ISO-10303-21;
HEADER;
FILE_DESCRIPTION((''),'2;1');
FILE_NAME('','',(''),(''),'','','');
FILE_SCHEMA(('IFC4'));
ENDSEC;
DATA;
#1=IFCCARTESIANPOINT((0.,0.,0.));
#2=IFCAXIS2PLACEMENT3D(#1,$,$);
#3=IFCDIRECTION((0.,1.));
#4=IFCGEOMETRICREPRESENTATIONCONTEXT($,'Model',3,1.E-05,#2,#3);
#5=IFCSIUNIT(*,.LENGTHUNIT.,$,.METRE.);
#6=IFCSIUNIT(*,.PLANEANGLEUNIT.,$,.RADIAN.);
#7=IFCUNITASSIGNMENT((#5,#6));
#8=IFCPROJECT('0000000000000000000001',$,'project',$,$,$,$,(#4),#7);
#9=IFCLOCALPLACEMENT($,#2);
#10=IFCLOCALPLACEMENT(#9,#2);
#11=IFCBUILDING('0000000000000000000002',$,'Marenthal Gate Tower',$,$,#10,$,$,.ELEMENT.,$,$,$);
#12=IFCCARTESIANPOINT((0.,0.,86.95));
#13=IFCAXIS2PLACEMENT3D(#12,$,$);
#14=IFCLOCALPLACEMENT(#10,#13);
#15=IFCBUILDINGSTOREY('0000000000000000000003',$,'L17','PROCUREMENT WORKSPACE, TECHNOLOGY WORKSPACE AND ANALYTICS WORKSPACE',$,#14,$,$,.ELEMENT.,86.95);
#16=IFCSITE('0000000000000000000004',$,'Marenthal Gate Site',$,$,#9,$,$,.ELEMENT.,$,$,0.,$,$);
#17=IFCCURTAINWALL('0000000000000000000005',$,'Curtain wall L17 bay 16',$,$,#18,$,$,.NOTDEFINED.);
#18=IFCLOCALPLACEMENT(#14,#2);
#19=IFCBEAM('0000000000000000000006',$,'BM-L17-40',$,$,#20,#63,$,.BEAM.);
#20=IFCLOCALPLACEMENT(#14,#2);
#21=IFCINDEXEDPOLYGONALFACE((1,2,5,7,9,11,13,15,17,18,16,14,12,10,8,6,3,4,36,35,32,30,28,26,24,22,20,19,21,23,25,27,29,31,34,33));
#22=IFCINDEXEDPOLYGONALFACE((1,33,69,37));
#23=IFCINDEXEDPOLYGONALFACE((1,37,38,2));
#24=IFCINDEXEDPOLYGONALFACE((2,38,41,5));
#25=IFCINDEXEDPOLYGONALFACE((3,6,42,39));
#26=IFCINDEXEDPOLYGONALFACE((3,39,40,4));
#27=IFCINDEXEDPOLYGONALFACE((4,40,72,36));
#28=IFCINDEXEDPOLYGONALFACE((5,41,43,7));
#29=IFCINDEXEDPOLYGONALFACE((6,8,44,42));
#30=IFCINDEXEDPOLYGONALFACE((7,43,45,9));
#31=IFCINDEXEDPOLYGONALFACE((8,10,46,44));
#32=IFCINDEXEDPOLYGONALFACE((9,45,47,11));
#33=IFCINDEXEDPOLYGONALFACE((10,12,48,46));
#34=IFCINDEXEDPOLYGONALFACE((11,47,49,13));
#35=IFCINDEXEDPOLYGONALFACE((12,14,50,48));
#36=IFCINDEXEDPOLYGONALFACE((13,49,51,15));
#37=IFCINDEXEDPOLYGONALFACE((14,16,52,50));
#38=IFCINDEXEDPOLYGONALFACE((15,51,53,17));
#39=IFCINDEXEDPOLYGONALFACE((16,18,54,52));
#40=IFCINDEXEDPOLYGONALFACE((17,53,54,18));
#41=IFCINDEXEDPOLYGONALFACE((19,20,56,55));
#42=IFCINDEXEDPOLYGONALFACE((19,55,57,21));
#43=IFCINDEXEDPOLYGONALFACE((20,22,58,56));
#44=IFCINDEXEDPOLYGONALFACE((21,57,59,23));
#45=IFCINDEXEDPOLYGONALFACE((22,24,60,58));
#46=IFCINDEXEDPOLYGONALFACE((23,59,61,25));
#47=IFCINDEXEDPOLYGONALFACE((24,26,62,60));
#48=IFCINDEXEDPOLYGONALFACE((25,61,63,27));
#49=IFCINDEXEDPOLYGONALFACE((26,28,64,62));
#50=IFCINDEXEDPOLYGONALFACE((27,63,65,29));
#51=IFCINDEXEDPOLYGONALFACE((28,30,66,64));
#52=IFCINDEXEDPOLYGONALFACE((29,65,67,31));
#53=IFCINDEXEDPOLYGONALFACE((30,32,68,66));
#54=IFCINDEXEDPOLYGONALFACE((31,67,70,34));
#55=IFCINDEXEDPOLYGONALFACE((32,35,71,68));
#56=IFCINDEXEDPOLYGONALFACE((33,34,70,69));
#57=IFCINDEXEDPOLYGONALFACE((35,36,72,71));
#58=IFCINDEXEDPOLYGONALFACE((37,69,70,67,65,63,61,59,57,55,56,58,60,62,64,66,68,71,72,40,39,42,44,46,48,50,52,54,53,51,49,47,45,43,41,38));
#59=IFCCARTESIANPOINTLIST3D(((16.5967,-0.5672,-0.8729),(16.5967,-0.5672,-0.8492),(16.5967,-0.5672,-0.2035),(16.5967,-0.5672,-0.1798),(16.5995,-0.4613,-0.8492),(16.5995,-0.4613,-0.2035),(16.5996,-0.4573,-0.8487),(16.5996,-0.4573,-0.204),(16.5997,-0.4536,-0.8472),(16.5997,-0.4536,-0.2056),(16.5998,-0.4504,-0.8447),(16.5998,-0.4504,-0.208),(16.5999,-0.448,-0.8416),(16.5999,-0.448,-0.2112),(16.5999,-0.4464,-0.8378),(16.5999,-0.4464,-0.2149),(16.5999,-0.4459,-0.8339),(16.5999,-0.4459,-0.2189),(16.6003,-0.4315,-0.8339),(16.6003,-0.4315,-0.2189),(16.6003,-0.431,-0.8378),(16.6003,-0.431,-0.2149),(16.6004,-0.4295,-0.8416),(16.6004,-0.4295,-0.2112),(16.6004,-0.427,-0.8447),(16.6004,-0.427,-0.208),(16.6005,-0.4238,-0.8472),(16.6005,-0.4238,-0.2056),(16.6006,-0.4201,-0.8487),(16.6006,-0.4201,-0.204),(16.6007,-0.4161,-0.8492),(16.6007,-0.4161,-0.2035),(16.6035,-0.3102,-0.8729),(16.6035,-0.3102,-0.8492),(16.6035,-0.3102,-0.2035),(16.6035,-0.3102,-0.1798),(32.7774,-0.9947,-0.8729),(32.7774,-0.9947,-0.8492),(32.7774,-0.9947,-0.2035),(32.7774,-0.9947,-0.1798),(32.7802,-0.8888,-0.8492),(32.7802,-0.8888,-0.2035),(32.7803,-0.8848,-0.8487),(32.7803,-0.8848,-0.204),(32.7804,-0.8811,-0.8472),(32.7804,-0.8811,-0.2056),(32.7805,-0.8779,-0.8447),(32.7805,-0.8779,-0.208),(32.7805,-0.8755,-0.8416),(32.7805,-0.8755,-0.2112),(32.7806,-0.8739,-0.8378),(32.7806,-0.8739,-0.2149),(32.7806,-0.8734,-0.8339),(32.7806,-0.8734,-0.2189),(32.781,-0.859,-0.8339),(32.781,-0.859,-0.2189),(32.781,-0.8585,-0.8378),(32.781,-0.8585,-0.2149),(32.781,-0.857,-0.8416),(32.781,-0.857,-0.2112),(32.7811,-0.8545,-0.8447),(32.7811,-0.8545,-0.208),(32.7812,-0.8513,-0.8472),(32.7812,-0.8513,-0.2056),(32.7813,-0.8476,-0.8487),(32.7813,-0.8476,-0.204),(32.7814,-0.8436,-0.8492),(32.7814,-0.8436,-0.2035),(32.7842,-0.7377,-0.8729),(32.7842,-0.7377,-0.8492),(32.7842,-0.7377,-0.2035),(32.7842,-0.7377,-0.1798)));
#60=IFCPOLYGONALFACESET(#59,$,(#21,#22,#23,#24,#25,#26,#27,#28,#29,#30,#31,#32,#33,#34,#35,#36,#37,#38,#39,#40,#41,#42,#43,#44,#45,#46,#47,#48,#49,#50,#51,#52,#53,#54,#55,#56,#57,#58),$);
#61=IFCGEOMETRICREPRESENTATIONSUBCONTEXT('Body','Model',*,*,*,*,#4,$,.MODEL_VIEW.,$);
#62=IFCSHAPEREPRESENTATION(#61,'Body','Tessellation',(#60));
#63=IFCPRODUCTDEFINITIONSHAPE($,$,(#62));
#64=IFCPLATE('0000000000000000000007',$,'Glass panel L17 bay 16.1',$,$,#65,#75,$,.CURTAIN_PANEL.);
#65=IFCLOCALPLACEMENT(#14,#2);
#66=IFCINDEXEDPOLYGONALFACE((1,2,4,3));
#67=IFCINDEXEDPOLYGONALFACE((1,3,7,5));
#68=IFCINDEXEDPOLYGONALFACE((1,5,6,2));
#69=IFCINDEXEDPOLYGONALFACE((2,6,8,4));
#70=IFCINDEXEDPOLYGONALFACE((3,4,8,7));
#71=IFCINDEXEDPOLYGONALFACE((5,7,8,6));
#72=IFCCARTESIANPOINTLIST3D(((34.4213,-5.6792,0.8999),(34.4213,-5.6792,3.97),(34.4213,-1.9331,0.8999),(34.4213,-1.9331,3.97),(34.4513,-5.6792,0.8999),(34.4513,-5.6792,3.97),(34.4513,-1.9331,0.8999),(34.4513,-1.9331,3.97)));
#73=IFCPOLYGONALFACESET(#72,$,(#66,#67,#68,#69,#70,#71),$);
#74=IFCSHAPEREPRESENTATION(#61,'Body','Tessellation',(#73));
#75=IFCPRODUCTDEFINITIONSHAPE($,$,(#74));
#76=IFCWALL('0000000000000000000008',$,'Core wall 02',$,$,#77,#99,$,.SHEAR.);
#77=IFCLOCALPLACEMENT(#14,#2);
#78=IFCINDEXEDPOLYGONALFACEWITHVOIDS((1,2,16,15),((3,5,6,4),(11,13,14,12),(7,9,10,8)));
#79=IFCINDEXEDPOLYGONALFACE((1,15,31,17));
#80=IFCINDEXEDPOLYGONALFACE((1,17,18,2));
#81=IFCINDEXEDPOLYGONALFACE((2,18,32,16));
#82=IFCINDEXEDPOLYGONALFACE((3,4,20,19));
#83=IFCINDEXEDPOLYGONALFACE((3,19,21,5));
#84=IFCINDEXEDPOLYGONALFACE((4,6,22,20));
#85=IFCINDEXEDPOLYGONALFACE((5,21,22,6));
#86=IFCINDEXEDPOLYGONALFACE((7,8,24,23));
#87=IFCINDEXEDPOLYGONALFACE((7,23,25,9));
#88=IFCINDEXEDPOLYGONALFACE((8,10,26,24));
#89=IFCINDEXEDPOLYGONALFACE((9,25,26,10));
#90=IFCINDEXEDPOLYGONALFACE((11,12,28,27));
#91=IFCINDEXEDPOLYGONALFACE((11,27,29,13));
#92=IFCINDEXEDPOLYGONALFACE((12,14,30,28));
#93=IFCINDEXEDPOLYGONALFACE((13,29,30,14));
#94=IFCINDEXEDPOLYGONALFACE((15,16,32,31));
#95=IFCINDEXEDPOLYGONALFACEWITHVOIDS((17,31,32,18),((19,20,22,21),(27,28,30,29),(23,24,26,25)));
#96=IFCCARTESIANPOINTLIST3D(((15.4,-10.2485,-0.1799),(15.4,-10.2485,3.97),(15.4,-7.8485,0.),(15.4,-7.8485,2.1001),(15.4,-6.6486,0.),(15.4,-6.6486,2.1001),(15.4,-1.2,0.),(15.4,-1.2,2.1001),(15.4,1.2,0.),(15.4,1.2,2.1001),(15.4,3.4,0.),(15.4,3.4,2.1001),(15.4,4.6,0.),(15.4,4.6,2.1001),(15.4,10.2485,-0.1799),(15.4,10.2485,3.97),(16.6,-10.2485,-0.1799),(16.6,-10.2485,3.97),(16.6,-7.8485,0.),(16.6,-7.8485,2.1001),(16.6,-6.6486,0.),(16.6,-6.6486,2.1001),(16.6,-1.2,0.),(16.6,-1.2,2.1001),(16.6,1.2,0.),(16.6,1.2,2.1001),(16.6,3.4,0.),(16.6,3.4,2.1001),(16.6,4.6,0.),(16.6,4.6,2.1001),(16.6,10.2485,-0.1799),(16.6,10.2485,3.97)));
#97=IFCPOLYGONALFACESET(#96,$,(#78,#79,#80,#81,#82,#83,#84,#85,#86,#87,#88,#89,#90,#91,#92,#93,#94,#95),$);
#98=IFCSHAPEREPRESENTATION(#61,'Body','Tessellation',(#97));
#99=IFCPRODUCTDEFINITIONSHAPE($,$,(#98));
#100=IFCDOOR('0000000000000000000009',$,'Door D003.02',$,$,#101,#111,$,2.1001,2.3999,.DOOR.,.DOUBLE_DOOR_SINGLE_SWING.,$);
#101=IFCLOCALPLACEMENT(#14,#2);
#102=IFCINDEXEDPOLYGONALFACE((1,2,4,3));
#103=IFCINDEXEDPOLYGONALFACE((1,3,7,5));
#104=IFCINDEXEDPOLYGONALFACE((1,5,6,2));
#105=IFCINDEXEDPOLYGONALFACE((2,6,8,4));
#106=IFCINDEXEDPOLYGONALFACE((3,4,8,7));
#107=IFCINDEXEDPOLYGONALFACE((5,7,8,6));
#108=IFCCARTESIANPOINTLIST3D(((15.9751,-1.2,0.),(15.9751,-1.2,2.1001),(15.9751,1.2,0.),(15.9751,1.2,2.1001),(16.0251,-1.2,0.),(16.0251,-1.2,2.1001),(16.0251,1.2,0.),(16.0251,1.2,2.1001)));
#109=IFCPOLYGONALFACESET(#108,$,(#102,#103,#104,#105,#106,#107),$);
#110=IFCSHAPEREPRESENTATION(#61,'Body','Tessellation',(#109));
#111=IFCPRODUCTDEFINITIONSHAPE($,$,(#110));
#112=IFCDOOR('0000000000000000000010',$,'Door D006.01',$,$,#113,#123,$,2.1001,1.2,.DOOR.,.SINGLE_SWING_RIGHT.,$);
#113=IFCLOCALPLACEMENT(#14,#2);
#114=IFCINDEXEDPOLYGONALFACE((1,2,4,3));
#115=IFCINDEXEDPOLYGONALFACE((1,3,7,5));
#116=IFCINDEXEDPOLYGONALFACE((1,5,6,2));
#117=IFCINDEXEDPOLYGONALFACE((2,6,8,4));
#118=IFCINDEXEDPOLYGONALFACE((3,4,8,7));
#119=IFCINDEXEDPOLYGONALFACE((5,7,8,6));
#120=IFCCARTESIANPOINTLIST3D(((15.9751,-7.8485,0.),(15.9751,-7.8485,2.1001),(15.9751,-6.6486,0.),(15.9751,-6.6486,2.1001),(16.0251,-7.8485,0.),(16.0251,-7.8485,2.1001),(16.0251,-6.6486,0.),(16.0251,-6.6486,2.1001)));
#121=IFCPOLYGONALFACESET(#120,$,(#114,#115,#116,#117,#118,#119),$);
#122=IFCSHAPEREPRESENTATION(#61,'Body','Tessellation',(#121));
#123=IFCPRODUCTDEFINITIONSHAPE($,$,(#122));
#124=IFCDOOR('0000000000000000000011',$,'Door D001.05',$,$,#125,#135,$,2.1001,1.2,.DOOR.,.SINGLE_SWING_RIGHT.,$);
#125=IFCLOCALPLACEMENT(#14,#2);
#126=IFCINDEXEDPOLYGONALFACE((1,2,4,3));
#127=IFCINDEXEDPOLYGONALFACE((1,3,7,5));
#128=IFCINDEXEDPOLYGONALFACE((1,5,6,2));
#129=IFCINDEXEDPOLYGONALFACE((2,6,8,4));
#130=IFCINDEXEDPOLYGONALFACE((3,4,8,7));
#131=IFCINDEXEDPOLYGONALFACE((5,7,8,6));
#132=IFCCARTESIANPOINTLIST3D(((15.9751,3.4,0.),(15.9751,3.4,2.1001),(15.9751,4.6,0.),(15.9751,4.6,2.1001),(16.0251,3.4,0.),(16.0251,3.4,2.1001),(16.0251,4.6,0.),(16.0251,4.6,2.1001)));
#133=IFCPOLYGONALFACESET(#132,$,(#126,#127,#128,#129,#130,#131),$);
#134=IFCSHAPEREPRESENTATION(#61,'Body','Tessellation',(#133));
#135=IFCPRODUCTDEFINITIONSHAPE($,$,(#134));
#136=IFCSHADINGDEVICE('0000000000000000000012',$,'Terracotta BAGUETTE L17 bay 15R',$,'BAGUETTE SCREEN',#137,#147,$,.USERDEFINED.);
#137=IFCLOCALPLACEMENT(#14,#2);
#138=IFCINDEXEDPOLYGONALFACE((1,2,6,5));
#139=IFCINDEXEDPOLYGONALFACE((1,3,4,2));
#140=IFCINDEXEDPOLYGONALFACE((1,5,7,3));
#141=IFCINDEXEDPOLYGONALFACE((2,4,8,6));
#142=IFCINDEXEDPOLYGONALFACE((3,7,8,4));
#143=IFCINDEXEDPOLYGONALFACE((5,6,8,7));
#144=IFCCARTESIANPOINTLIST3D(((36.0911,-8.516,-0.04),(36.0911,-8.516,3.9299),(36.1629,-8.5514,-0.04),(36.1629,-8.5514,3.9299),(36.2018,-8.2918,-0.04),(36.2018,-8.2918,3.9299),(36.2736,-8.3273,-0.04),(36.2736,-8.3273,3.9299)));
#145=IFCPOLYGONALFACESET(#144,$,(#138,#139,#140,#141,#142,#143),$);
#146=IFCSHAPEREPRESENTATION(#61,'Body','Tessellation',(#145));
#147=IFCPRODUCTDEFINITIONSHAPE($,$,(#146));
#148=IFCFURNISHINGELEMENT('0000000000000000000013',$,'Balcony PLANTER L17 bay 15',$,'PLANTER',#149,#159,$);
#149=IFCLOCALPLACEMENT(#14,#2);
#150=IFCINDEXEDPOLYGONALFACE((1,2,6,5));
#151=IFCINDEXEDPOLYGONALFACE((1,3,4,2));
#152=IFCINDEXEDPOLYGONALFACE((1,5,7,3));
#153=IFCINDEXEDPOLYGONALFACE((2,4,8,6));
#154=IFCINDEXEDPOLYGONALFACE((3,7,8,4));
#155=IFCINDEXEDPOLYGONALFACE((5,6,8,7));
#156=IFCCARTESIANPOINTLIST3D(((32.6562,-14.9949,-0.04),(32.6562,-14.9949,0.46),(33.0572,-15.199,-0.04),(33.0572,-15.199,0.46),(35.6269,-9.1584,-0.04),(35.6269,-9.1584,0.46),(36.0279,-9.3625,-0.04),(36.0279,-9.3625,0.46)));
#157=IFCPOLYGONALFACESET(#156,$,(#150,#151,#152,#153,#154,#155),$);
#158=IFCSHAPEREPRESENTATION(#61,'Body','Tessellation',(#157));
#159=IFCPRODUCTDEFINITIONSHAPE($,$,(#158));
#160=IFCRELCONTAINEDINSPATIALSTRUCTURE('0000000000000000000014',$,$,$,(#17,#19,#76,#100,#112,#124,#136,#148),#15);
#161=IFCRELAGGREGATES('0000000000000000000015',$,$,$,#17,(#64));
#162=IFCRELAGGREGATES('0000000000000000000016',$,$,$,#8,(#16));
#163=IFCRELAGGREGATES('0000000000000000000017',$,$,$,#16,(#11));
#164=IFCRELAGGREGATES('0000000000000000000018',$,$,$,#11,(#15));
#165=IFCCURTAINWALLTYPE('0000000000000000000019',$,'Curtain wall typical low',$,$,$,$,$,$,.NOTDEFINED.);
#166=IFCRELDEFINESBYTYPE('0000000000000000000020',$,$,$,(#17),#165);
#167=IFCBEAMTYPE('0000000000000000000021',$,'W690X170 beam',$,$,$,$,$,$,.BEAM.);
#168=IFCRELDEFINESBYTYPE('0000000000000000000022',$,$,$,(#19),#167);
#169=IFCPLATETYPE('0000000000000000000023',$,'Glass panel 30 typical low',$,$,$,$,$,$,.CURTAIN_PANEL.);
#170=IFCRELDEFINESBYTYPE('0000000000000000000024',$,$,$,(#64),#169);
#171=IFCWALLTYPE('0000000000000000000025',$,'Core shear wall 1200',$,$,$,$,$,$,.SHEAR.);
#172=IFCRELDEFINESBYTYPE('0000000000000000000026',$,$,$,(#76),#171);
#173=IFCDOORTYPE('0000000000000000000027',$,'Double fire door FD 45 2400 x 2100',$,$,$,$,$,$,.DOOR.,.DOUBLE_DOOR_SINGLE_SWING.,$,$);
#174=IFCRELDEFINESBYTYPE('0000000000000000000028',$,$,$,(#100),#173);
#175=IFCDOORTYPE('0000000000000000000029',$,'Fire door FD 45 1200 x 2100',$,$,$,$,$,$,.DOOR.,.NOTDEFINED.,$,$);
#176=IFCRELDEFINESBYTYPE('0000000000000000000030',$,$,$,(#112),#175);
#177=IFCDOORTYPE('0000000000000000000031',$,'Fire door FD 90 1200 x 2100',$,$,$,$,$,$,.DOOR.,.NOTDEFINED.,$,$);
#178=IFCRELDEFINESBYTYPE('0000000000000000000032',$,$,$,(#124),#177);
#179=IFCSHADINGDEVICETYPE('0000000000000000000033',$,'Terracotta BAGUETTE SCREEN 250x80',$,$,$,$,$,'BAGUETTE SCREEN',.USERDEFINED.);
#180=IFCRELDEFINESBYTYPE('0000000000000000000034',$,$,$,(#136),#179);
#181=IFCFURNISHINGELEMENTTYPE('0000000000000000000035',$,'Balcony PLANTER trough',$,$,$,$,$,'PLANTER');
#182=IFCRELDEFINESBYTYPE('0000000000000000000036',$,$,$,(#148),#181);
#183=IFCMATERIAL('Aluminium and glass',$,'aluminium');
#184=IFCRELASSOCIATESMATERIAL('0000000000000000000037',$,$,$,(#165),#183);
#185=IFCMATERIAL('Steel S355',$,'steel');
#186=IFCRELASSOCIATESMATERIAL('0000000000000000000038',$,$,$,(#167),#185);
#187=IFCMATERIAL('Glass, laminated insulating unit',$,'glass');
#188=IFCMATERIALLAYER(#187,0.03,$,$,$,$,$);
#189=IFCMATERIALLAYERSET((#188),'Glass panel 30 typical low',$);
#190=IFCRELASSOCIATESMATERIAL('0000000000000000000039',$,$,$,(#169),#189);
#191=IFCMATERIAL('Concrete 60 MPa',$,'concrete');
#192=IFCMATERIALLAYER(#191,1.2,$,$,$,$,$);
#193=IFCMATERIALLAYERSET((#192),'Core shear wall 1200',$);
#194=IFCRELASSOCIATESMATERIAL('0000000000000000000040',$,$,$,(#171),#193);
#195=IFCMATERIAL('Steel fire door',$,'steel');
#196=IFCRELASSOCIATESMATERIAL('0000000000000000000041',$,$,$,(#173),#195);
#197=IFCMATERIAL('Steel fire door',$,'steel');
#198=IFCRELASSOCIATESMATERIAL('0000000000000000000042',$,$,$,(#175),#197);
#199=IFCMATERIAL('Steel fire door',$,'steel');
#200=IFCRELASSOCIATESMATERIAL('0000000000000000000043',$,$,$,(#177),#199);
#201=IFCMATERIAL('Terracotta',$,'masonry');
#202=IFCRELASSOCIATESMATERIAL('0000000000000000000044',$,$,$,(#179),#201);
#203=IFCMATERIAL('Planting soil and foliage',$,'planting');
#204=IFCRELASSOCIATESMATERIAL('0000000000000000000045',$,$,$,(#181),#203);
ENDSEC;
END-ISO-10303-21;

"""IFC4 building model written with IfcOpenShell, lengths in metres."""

from ifc_helpers import new_model, si_unit, direction, frame, frame_2d, origin, origin_2d, place, context, subcontext, project, spatial, rectangle, i_section, extrude, material, layer, layer_set, material_profile, profile_set, type_object, element, fill, aggregate, save


model = new_model("IFC4")

# Units and contexts
model_context = context("Model", 3, precision=1e-05, world=origin(), true_north=direction((0.0, 1.0)))
body_context = subcontext(model_context, "Body", "Model", "MODEL_VIEW")
ifc_project = project(units=[si_unit("LENGTHUNIT", "METRE"), si_unit("PLANEANGLEUNIT", "RADIAN")], contexts=[model_context])

# Site, building, storey
site_placement = place(None, origin())
site = spatial("IfcSite", under=ifc_project, at=site_placement, Name="Marenthal Gate Site", CompositionType="ELEMENT", RefElevation=0.0)
building_placement = place(site_placement, origin())
building = spatial("IfcBuilding", under=site, at=building_placement, Name="Marenthal Gate Tower", CompositionType="ELEMENT")
storey_placement = place(building_placement, frame((0.0, 0.0, 86.95)))
storey = spatial("IfcBuildingStorey", under=building, at=storey_placement, Name="L17", Description="PROCUREMENT WORKSPACE, TECHNOLOGY WORKSPACE AND ANALYTICS WORKSPACE", CompositionType="ELEMENT", Elevation=86.95)

# Curtain wall
ifc_material_1 = material(Name="Aluminium and glass", Category="aluminium")
curtain_wall_type = type_object("IfcCurtainWallType", Name="Curtain wall typical low", PredefinedType="NOTDEFINED", material=ifc_material_1)
curtain_wall_placement = place(storey_placement, origin())
curtain_wall = element("IfcCurtainWall", 1, at=curtain_wall_placement, inside=storey, type_object=curtain_wall_type, Name="Curtain wall L17 bay 16", PredefinedType="NOTDEFINED")

# Beam
ifc_material_2 = material(Name="Steel S355", Category="steel")
ifc_material_profile_1 = material_profile(ifc_material_2, i_section(OverallWidth=0.2571, OverallDepth=0.6931, WebThickness=0.0144, FlangeThickness=0.0237, FilletRadius=0.0154, at=origin_2d()), Name="W690X170")
ifc_profile_set_1 = profile_set([ifc_material_profile_1], Name="Steel S355")
beam_type_1 = type_object("IfcBeamType", Name="W690X170 beam", PredefinedType="BEAM", material=ifc_profile_set_1)
beam_1_placement = place(storey_placement, frame((32.7808, -0.8662, -0.5264), z_axis=(-0.999651, 0.026411, 0.0), x_axis=(-0.026411, -0.999651, 0.0)))
element("IfcBeam", 2, at=beam_1_placement, inside=storey, type_object=beam_type_1, Name="BM-L17-40", PredefinedType="BEAM", context=body_context, shape_type="SweptSolid", body=[
    extrude(i_section(OverallWidth=0.2571, OverallDepth=0.6931, WebThickness=0.0144, FlangeThickness=0.0237, FilletRadius=0.0154, at=origin_2d()), origin(), (0.0, 0.0, 1.0), 16.1863),
])

# Plate
ifc_material_3 = material(Name="Glass, laminated insulating unit", Category="glass")
ifc_layer_1 = layer(ifc_material_3, 0.03)
ifc_layer_set_1 = layer_set([ifc_layer_1], Name="Glass panel 30 typical low")
plate_type = type_object("IfcPlateType", Name="Glass panel 30 typical low", PredefinedType="CURTAIN_PANEL", material=ifc_layer_set_1)
plate_placement = place(storey_placement, frame((34.4363, -3.8062, 0.8999), z_axis=(0.0, 0.0, 1.0), x_axis=(0.0, 1.0, 0.0)))
plate = element("IfcPlate", 3, at=plate_placement, type_object=plate_type, Name="Glass panel L17 bay 16.1", PredefinedType="CURTAIN_PANEL", context=body_context, shape_type="SweptSolid", body=[
    extrude(rectangle(XDim=3.7461, YDim=0.03, at=origin_2d()), origin(), (0.0, 0.0, 1.0), 3.0701),
])
aggregate(curtain_wall, [plate])

# Wall, openings, doors
ifc_material_4 = material(Name="Concrete 60 MPa", Category="concrete")
ifc_layer_2 = layer(ifc_material_4, 1.2)
ifc_layer_set_2 = layer_set([ifc_layer_2], Name="Core shear wall 1200")
wall_type = type_object("IfcWallType", Name="Core shear wall 1200", PredefinedType="SHEAR", material=ifc_layer_set_2)
wall_placement = place(storey_placement, frame((16.0, -10.2485, -0.1799), z_axis=(0.0, 0.0, 1.0), x_axis=(0.0, 1.0, 0.0)))
wall = element("IfcWall", 4, at=wall_placement, inside=storey, type_object=wall_type, Name="Core wall 02", PredefinedType="SHEAR", context=body_context, shape_type="SweptSolid", body=[
    extrude(rectangle(XDim=20.4971, YDim=1.2, at=frame_2d((10.2485, 0.0))), origin(), (0.0, 0.0, 1.0), 4.1499),
])
opening_1_placement = place(wall_placement, frame((9.0486, 0.0, 0.1799)))
opening_1 = element("IfcOpeningElement", 5, at=opening_1_placement, cuts=wall, PredefinedType="OPENING", context=body_context, shape_type="SweptSolid", body=[
    extrude(rectangle(XDim=2.3999, YDim=2.1001, at=frame_2d((1.2, 1.05))), frame((0.0, 0.6099, 0.0), z_axis=(0.0, -1.0, 0.0), x_axis=(1.0, 0.0, 0.0)), (0.0, 0.0, 1.0), 1.22),
])
opening_2_placement = place(wall_placement, frame((13.6484, 0.0, 0.1799)))
opening_2 = element("IfcOpeningElement", 6, at=opening_2_placement, cuts=wall, PredefinedType="OPENING", context=body_context, shape_type="SweptSolid", body=[
    extrude(rectangle(XDim=1.2, YDim=2.1001, at=frame_2d((0.6001, 1.05))), frame((0.0, 0.6099, 0.0), z_axis=(0.0, -1.0, 0.0), x_axis=(1.0, 0.0, 0.0)), (0.0, 0.0, 1.0), 1.22),
])
opening_3_placement = place(wall_placement, frame((2.3999, 0.0, 0.1799)))
opening_3 = element("IfcOpeningElement", 7, at=opening_3_placement, cuts=wall, PredefinedType="OPENING", context=body_context, shape_type="SweptSolid", body=[
    extrude(rectangle(XDim=1.2, YDim=2.1001, at=frame_2d((0.6001, 1.05))), frame((0.0, 0.6099, 0.0), z_axis=(0.0, -1.0, 0.0), x_axis=(1.0, 0.0, 0.0)), (0.0, 0.0, 1.0), 1.22),
])
ifc_material_5 = material(Name="Steel fire door", Category="steel")
door_type_1 = type_object("IfcDoorType", Name="Double fire door FD 45 2400 x 2100", OperationType="DOUBLE_DOOR_SINGLE_SWING", PredefinedType="DOOR", material=ifc_material_5)
door_1_placement = place(opening_1_placement, origin())
door_1 = element("IfcDoor", 8, at=door_1_placement, inside=storey, type_object=door_type_1, Name="Door D003.02", OperationType="DOUBLE_DOOR_SINGLE_SWING", OverallHeight=2.1001, OverallWidth=2.3999, PredefinedType="DOOR", context=body_context, shape_type="SweptSolid", body=[
    extrude(rectangle(XDim=2.3999, YDim=2.1001, at=frame_2d((1.2, 1.05))), frame((0.0, 0.0249, 0.0), z_axis=(0.0, -1.0, 0.0), x_axis=(1.0, 0.0, 0.0)), (0.0, 0.0, 1.0), 0.05),
])
fill(opening_1, door_1)
ifc_material_6 = material(Name="Steel fire door", Category="steel")
door_type_2 = type_object("IfcDoorType", Name="Fire door FD 45 1200 x 2100", OperationType="NOTDEFINED", PredefinedType="DOOR", material=ifc_material_6)
door_2_placement = place(opening_3_placement, origin())
door_2 = element("IfcDoor", 9, at=door_2_placement, inside=storey, type_object=door_type_2, Name="Door D006.01", OperationType="SINGLE_SWING_RIGHT", OverallHeight=2.1001, OverallWidth=1.2, PredefinedType="DOOR", context=body_context, shape_type="SweptSolid", body=[
    extrude(rectangle(XDim=1.2, YDim=2.1001, at=frame_2d((0.6001, 1.05))), frame((0.0, 0.0249, 0.0), z_axis=(0.0, -1.0, 0.0), x_axis=(1.0, 0.0, 0.0)), (0.0, 0.0, 1.0), 0.05),
])
fill(opening_3, door_2)
ifc_material_7 = material(Name="Steel fire door", Category="steel")
door_type_3 = type_object("IfcDoorType", Name="Fire door FD 90 1200 x 2100", OperationType="NOTDEFINED", PredefinedType="DOOR", material=ifc_material_7)
door_3_placement = place(opening_2_placement, origin())
door_3 = element("IfcDoor", 10, at=door_3_placement, inside=storey, type_object=door_type_3, Name="Door D001.05", OperationType="SINGLE_SWING_RIGHT", OverallHeight=2.1001, OverallWidth=1.2, PredefinedType="DOOR", context=body_context, shape_type="SweptSolid", body=[
    extrude(rectangle(XDim=1.2, YDim=2.1001, at=frame_2d((0.6001, 1.05))), frame((0.0, 0.0249, 0.0), z_axis=(0.0, -1.0, 0.0), x_axis=(1.0, 0.0, 0.0)), (0.0, 0.0, 1.0), 0.05),
])
fill(opening_2, door_3)

# Shading device
ifc_material_8 = material(Name="Terracotta", Category="masonry")
ifc_material_profile_2 = material_profile(ifc_material_8, rectangle(XDim=0.25, YDim=0.0801, at=origin_2d()), Name="Terracotta baguette 250x80")
ifc_profile_set_2 = profile_set([ifc_material_profile_2], Name="Terracotta")
shading_device_type = type_object("IfcShadingDeviceType", Name="Terracotta BAGUETTE SCREEN 250x80", ElementType="BAGUETTE SCREEN", PredefinedType="USERDEFINED", material=ifc_profile_set_2)
shading_device_placement = place(storey_placement, frame((36.1824, -8.4216, -0.04), z_axis=(0.0, 0.0, 1.0), x_axis=(0.44286, 0.896591, 0.0)))
element("IfcShadingDevice", 11, at=shading_device_placement, inside=storey, type_object=shading_device_type, Name="Terracotta BAGUETTE L17 bay 15R", ObjectType="BAGUETTE SCREEN", PredefinedType="USERDEFINED", context=body_context, shape_type="SweptSolid", body=[
    extrude(rectangle(XDim=0.25, YDim=0.0801, at=origin_2d()), origin(), (0.0, 0.0, 1.0), 3.97),
])

# Furnishing element
ifc_material_9 = material(Name="Planting soil and foliage", Category="planting")
furnishing_element_type = type_object("IfcFurnishingElementType", Name="Balcony PLANTER trough", ElementType="PLANTER", material=ifc_material_9)
furnishing_placement = place(storey_placement, frame((34.342, -12.1787, -0.04), z_axis=(0.0, 0.0, 1.0), x_axis=(0.453616, 0.891197, 0.0)))
element("IfcFurnishingElement", 12, at=furnishing_placement, inside=storey, type_object=furnishing_element_type, Name="Balcony PLANTER L17 bay 15", ObjectType="PLANTER", context=body_context, shape_type="SweptSolid", body=[
    extrude(rectangle(XDim=6.5491, YDim=0.45, at=origin_2d()), origin(), (0.0, 0.0, 1.0), 0.5),
])

save(model, "model.ifc")
